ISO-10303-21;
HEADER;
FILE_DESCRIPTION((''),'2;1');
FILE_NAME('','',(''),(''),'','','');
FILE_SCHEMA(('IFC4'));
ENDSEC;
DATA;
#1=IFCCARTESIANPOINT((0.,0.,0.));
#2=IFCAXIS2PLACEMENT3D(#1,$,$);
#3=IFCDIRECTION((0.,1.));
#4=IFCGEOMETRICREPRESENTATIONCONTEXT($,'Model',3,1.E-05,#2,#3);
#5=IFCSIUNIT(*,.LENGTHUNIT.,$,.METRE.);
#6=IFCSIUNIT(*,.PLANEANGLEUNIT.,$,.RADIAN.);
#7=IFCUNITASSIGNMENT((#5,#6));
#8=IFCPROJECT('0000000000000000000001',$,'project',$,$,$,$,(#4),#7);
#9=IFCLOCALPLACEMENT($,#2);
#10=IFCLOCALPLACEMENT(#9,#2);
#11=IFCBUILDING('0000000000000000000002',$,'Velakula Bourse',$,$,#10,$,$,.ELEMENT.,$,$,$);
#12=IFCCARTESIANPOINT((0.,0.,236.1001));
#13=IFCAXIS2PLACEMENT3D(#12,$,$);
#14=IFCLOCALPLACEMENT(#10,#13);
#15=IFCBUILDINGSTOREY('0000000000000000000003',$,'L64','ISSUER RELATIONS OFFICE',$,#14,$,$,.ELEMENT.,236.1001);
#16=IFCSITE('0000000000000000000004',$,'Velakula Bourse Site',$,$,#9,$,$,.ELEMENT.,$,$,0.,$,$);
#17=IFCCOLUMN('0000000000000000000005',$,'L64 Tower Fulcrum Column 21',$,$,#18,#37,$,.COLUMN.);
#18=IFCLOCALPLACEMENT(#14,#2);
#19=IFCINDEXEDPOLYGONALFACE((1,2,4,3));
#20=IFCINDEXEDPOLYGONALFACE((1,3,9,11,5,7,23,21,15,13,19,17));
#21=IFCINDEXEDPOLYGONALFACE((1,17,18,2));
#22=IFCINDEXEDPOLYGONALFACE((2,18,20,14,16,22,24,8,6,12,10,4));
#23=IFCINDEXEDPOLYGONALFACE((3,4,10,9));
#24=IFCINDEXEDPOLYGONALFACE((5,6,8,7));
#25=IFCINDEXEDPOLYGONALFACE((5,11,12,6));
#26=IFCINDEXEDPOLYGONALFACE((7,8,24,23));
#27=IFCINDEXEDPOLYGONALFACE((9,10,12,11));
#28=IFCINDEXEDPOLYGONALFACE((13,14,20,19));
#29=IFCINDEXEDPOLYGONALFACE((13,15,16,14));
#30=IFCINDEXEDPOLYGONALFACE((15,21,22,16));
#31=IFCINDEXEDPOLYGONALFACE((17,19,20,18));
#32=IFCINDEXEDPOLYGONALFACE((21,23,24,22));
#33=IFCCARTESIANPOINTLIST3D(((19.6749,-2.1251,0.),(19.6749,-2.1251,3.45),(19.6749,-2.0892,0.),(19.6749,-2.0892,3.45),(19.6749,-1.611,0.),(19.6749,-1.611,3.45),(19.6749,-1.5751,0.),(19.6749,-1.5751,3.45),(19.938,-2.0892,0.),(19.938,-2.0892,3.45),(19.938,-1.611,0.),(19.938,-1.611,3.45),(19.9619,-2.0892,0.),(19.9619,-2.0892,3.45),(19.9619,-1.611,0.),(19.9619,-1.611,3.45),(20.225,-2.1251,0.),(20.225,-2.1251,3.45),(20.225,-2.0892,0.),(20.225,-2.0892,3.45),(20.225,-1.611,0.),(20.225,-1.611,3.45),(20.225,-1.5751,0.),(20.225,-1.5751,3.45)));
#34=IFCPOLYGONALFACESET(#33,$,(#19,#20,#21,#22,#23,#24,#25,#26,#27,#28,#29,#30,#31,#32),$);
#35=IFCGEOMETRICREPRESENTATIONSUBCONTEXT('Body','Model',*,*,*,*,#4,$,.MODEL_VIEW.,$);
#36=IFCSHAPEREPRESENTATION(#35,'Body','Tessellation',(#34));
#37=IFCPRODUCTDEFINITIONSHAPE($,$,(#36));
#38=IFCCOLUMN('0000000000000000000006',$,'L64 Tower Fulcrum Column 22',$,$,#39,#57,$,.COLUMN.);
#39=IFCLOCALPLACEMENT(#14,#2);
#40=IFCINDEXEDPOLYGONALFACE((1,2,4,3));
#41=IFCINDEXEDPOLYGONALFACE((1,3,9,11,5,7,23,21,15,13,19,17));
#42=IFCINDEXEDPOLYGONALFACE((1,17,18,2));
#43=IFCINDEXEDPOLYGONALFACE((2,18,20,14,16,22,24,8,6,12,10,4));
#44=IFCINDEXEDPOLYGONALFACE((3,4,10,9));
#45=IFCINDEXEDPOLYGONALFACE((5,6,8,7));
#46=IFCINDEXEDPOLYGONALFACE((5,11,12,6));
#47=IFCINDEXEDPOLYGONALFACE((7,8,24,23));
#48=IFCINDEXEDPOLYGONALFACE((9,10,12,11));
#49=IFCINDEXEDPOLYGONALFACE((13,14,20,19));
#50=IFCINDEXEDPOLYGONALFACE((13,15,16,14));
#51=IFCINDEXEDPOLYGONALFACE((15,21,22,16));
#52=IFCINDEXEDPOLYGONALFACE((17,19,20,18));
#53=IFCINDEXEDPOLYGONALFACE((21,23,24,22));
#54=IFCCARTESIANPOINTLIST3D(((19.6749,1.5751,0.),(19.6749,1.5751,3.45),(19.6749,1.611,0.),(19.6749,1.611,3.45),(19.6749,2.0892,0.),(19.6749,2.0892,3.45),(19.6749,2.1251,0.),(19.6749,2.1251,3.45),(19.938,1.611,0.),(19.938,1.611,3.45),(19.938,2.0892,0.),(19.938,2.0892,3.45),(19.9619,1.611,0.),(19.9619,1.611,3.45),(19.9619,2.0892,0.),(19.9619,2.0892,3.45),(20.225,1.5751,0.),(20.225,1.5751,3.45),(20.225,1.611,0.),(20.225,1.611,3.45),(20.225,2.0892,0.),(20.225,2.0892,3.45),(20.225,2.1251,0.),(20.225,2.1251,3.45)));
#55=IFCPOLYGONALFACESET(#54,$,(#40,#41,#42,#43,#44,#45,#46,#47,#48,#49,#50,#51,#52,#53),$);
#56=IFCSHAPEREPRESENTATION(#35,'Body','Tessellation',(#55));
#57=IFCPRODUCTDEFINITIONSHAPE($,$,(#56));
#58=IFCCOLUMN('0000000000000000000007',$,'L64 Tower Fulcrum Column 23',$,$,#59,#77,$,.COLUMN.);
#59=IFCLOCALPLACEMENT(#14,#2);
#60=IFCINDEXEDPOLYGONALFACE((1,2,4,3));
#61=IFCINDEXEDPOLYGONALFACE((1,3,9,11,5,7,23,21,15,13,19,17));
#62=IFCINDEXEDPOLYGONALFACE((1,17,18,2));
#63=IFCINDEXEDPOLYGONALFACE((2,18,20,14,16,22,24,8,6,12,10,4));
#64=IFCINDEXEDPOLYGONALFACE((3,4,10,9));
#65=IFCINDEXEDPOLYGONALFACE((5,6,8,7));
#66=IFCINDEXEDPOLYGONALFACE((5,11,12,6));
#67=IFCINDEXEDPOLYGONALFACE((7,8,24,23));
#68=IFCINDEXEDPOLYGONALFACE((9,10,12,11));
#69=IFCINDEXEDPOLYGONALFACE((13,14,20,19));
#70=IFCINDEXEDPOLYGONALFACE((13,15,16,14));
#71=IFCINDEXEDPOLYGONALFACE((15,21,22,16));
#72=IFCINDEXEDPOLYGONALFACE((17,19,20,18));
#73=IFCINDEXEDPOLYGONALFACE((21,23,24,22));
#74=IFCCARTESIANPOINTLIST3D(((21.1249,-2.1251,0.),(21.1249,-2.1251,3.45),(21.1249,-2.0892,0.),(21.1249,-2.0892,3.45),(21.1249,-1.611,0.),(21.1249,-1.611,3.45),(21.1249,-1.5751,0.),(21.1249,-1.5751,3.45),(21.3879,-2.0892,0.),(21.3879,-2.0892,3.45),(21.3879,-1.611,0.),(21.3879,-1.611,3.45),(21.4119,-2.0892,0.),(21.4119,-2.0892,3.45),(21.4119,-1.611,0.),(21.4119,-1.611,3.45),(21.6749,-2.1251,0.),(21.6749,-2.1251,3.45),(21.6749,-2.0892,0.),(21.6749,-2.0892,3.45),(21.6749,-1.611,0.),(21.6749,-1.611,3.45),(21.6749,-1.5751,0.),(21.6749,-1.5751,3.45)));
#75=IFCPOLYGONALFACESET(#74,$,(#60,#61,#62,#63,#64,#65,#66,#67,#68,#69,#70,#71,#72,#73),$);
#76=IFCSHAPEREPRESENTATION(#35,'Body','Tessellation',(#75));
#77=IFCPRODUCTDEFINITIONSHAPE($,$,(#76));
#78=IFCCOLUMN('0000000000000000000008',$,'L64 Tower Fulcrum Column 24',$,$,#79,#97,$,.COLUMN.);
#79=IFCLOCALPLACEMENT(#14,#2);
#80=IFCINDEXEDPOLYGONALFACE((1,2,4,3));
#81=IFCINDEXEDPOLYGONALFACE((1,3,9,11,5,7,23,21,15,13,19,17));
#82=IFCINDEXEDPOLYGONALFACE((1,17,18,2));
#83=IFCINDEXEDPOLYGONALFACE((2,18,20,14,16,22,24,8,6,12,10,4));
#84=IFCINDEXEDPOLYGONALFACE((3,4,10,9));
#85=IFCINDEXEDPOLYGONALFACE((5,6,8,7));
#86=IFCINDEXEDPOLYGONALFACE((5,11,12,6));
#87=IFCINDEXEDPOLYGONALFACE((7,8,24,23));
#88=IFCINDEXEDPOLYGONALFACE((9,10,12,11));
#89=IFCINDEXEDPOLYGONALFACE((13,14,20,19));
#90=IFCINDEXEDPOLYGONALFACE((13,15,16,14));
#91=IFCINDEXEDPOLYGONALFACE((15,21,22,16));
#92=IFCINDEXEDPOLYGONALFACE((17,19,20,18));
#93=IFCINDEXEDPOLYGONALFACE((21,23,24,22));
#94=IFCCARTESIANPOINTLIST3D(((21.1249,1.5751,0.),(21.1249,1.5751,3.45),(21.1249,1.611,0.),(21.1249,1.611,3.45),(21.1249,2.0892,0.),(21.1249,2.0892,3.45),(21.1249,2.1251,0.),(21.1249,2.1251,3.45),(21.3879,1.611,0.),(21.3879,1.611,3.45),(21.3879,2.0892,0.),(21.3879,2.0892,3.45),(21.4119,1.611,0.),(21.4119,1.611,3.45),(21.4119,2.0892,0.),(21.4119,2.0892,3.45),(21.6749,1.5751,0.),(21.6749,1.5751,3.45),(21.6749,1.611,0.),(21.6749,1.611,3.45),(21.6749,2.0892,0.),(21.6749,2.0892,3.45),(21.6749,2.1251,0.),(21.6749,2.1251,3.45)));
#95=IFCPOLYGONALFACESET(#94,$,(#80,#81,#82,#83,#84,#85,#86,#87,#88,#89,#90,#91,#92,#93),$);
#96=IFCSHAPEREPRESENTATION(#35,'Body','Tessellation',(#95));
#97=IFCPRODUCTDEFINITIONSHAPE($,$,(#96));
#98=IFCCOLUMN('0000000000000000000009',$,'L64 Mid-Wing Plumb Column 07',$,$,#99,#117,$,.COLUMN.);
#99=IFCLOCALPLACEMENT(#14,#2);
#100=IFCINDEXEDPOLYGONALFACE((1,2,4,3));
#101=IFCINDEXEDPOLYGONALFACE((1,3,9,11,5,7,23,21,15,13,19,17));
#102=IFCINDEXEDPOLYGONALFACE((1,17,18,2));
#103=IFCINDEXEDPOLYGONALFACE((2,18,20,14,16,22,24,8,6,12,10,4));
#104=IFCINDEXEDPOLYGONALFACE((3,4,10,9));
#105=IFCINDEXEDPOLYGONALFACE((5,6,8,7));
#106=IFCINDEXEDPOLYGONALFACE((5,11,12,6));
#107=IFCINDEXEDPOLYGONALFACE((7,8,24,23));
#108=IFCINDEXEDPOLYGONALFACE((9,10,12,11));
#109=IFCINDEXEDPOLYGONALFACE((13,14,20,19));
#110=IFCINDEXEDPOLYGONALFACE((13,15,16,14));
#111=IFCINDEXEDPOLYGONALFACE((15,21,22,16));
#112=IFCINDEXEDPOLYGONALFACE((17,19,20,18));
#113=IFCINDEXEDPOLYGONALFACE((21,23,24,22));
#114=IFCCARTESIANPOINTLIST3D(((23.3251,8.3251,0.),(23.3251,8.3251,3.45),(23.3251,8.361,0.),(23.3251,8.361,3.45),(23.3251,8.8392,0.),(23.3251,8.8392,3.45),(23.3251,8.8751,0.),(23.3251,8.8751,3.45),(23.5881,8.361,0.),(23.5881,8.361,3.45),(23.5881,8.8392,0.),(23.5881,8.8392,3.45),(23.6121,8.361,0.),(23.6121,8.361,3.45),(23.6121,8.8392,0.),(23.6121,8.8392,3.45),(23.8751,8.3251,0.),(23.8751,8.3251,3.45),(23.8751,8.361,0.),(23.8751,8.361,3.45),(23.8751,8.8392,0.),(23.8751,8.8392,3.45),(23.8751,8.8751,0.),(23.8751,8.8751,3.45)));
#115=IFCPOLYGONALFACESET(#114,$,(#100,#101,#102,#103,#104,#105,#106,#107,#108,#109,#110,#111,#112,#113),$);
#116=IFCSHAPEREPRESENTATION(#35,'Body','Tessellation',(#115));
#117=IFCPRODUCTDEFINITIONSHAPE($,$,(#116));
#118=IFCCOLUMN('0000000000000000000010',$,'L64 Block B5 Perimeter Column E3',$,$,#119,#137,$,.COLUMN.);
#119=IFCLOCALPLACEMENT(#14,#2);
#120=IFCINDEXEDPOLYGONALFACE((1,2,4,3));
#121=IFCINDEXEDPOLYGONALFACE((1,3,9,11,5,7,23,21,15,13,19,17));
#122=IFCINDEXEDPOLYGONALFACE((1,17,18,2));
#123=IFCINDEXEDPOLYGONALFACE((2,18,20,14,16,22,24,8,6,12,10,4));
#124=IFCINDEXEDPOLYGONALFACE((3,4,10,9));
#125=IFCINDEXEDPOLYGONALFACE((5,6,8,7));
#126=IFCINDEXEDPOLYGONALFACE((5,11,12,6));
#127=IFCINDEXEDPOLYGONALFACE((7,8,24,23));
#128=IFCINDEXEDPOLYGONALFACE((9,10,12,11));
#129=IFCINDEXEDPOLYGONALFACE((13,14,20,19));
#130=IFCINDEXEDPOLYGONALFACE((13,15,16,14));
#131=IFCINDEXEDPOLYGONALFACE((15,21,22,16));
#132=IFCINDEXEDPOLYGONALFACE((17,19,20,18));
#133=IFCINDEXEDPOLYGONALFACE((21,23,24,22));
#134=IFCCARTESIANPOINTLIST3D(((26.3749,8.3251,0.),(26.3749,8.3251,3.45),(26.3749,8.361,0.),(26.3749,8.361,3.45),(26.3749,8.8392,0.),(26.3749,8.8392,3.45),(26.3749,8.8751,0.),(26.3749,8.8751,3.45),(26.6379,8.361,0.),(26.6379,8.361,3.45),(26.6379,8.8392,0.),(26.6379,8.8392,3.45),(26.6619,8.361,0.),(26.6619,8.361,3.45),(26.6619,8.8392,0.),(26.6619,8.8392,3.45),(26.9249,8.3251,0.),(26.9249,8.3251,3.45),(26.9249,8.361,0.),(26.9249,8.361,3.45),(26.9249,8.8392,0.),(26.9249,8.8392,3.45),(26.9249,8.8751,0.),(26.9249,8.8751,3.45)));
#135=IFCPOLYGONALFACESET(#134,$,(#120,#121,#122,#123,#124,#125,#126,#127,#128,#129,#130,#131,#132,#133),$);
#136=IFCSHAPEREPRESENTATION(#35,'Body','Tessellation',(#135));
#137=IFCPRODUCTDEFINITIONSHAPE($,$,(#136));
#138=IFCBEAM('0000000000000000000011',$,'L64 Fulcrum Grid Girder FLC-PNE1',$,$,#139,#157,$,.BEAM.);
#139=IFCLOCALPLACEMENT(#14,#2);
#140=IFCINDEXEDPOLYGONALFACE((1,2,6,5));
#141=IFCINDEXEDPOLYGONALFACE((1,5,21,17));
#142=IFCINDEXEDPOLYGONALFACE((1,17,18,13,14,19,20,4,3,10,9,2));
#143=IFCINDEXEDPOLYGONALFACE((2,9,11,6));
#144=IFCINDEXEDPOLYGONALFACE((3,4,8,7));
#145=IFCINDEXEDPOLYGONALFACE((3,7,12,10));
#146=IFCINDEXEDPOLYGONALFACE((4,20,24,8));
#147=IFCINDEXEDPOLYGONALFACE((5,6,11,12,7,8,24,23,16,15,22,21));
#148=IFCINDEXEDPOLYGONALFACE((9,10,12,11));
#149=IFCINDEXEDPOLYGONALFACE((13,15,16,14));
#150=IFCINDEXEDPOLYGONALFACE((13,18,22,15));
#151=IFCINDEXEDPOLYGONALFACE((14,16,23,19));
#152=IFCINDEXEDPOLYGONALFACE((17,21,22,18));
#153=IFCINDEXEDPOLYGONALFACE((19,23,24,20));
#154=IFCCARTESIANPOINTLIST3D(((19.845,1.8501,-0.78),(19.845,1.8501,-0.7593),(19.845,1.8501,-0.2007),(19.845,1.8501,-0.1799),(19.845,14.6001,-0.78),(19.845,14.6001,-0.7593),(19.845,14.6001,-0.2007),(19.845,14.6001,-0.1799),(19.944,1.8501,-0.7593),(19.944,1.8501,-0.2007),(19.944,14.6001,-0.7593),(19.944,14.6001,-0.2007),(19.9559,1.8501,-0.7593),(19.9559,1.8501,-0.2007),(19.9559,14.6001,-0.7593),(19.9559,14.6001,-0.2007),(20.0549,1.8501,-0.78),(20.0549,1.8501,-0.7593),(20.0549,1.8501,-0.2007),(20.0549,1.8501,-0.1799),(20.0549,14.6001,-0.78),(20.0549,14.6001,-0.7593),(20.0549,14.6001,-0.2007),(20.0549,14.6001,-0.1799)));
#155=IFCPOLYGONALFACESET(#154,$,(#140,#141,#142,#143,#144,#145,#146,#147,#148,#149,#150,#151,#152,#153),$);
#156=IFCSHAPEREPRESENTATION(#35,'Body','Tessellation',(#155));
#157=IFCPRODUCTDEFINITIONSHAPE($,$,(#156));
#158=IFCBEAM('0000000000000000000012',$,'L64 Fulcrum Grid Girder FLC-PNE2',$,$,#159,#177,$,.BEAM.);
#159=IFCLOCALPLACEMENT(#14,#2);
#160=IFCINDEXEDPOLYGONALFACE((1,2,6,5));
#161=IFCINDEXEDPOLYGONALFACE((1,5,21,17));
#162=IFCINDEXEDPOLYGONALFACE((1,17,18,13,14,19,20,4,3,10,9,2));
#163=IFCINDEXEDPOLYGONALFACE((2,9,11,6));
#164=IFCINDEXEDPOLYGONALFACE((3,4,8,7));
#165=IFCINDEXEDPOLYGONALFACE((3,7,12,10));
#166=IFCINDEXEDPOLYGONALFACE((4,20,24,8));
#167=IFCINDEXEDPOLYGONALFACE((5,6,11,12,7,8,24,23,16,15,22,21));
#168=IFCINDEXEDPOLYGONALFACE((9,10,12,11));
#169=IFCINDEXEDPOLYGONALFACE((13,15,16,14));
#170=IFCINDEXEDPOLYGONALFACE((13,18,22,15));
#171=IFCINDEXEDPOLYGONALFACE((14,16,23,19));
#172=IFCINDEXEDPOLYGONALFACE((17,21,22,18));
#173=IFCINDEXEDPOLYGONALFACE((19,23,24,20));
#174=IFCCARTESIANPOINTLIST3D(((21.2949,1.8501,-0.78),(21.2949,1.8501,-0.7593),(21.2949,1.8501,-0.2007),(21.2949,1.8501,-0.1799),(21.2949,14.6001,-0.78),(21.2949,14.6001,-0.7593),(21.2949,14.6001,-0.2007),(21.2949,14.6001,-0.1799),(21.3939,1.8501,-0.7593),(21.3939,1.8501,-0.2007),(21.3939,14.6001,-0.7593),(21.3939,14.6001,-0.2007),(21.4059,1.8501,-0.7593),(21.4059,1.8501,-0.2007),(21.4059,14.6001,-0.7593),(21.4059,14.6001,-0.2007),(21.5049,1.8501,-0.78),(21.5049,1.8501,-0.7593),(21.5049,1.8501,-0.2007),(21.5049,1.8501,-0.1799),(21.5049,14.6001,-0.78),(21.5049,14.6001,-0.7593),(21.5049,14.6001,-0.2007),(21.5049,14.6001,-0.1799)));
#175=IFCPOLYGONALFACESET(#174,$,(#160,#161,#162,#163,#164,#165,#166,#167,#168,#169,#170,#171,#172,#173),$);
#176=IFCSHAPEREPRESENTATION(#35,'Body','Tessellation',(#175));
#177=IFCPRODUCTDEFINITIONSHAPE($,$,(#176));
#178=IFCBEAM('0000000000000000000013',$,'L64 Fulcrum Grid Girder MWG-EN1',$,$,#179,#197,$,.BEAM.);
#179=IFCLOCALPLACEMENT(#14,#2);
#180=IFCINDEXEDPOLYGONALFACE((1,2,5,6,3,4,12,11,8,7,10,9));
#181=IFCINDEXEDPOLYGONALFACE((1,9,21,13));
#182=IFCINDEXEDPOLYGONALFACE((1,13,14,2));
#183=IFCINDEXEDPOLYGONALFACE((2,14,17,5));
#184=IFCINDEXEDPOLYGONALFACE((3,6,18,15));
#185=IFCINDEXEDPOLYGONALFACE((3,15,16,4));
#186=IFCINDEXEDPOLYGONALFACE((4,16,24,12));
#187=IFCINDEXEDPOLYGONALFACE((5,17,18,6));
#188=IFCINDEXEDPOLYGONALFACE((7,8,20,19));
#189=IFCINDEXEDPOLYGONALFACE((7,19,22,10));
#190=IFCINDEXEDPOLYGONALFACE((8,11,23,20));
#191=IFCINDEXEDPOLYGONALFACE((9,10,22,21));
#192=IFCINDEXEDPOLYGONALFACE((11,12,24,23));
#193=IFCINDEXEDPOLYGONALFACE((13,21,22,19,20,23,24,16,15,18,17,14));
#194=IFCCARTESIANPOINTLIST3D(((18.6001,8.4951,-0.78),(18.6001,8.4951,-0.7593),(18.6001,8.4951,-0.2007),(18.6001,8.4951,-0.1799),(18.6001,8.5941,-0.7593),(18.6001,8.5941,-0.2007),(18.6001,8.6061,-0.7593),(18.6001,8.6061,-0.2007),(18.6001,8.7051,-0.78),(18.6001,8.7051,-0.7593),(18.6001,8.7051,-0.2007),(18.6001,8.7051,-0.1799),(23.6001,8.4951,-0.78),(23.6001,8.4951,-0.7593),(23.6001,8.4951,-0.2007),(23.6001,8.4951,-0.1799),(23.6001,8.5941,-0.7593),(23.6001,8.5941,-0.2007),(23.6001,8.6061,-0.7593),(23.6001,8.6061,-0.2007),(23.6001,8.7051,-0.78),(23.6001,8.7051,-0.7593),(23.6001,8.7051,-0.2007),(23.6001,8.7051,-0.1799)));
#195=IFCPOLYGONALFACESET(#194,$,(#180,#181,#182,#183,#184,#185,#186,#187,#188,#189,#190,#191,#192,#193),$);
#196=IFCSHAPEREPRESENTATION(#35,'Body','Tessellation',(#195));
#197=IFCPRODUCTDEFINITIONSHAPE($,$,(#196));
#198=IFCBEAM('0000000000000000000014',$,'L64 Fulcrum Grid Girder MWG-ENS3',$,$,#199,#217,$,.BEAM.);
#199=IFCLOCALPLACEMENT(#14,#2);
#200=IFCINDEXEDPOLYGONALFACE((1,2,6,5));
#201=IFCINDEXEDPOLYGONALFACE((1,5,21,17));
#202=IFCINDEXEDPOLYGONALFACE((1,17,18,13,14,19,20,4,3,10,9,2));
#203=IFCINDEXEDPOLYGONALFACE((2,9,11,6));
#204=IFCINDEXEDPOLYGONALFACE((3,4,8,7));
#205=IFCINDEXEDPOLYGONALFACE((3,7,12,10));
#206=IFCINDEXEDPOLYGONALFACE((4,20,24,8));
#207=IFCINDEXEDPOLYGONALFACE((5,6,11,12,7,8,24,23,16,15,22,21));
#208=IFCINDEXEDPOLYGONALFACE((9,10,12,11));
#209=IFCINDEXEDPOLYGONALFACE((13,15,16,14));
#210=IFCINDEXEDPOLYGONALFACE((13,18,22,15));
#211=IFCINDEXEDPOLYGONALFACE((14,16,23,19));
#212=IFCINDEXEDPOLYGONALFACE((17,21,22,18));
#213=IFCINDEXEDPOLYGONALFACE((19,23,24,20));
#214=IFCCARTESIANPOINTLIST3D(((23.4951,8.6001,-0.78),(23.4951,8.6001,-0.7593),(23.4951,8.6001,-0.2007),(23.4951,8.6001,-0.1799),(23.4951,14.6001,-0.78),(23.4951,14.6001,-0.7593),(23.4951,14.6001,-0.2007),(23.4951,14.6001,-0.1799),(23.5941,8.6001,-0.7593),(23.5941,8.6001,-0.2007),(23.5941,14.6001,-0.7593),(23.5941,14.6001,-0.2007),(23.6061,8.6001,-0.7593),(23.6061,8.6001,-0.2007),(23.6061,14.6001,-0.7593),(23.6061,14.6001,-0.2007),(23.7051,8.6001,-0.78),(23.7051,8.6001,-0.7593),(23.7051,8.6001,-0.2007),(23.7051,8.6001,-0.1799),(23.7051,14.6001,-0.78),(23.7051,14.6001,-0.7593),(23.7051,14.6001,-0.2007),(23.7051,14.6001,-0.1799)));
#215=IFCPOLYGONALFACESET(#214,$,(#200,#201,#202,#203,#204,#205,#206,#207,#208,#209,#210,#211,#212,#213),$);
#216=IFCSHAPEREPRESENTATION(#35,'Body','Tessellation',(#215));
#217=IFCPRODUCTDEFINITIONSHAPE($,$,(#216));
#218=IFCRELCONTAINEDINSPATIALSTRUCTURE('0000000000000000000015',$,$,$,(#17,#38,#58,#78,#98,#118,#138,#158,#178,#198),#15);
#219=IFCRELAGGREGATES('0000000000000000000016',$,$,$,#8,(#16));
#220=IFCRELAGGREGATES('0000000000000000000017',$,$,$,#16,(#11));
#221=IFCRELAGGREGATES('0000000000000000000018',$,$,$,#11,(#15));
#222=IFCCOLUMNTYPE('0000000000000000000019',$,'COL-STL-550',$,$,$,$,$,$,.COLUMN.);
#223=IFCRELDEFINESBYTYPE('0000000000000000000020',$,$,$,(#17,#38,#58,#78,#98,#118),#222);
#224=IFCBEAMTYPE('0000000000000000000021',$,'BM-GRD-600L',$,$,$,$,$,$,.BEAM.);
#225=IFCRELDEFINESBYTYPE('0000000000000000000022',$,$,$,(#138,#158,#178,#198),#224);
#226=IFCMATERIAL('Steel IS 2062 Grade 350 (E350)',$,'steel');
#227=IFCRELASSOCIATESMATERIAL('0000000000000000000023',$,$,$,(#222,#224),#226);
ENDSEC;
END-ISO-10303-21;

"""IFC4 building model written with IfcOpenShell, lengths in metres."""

from ifc_helpers import new_model, si_unit, direction, frame, origin, origin_2d, place, context, subcontext, project, spatial, i_section, extrude, material, material_profile, profile_set, type_object, element, save


model = new_model("IFC4")

# Units and contexts
model_context = context("Model", 3, precision=1e-05, world=origin(), true_north=direction((0.0, 1.0)))
body_context = subcontext(model_context, "Body", "Model", "MODEL_VIEW")
ifc_project = project(units=[si_unit("LENGTHUNIT", "METRE"), si_unit("PLANEANGLEUNIT", "RADIAN")], contexts=[model_context])

# Site, building, storey
site_placement = place(None, origin())
site = spatial("IfcSite", under=ifc_project, at=site_placement, Name="Velakula Bourse Site", CompositionType="ELEMENT", RefElevation=0.0)
building_placement = place(site_placement, origin())
building = spatial("IfcBuilding", under=site, at=building_placement, Name="Velakula Bourse", CompositionType="ELEMENT")
storey_placement = place(building_placement, frame((0.0, 0.0, 236.1001)))
storey = spatial("IfcBuildingStorey", under=building, at=storey_placement, Name="L64", Description="ISSUER RELATIONS OFFICE", CompositionType="ELEMENT", Elevation=236.1001)

# Columns
ifc_material_1 = material(Name="Steel IS 2062 Grade 350 (E350)", Category="steel")
ifc_material_profile_1 = material_profile(ifc_material_1, i_section(OverallWidth=0.55, OverallDepth=0.55, WebThickness=0.0239, FlangeThickness=0.0359, at=origin_2d()), Name="Steel IS 2062 Grade 350 (E350)")
ifc_profile_set_1 = profile_set([ifc_material_profile_1], Name="Steel IS 2062 Grade 350 (E350)")
column_type = type_object("IfcColumnType", Name="COL-STL-550", PredefinedType="COLUMN", material=ifc_profile_set_1)
for number, where, z_axis, x_axis, name in (
    (1, (19.95, -1.8501, 0.0), (0.0, 0.0, 1.0), (1.0, 0.0, 0.0), "L64 Tower Fulcrum Column 21"),
    (2, (19.95, 1.8501, 0.0), (0.0, 0.0, 1.0), (1.0, 0.0, 0.0), "L64 Tower Fulcrum Column 22"),
    (3, (21.3999, -1.8501, 0.0), (0.0, 0.0, 1.0), (1.0, 0.0, 0.0), "L64 Tower Fulcrum Column 23"),
    (4, (21.3999, 1.8501, 0.0), (0.0, 0.0, 1.0), (1.0, 0.0, 0.0), "L64 Tower Fulcrum Column 24"),
    (5, (23.6001, 8.6001, 0.0), (0.0, 0.0, 1.0), (1.0, 0.0, 0.0), "L64 Mid-Wing Plumb Column 07"),
    (6, (26.6499, 8.6001, 0.0), (0.0, 0.0, 1.0), (1.0, 0.0, 0.0), "L64 Block B5 Perimeter Column E3"),
):
    element("IfcColumn", number, at=place(storey_placement, frame(where, z_axis=z_axis, x_axis=x_axis)), inside=storey, type_object=column_type, Name=name, PredefinedType="COLUMN", context=body_context, shape_type="SweptSolid", body=[
        extrude(i_section(OverallWidth=0.55, OverallDepth=0.55, WebThickness=0.0239, FlangeThickness=0.0359, at=origin_2d()), origin(), (0.0, 0.0, 1.0), 3.45),
    ])

# Beams
ifc_material_profile_2 = material_profile(ifc_material_1, i_section(OverallWidth=0.21, OverallDepth=0.6001, WebThickness=0.012, FlangeThickness=0.0208, at=origin_2d()), Name="Steel IS 2062 Grade 350 (E350)")
ifc_profile_set_2 = profile_set([ifc_material_profile_2], Name="Steel IS 2062 Grade 350 (E350)")
beam_type_1 = type_object("IfcBeamType", Name="BM-GRD-600L", PredefinedType="BEAM", material=ifc_profile_set_2)
for number, where, z_axis, x_axis, name in (
    (7, (19.95, 1.8501, -0.48), (0.0, 1.0, 0.0), (-1.0, 0.0, 0.0), "L64 Fulcrum Grid Girder FLC-PNE1"),
    (8, (21.3999, 1.8501, -0.48), (0.0, 1.0, 0.0), (-1.0, 0.0, 0.0), "L64 Fulcrum Grid Girder FLC-PNE2"),
):
    element("IfcBeam", number, at=place(storey_placement, frame(where, z_axis=z_axis, x_axis=x_axis)), inside=storey, type_object=beam_type_1, Name=name, PredefinedType="BEAM", context=body_context, shape_type="SweptSolid", body=[
        extrude(i_section(OverallWidth=0.21, OverallDepth=0.6001, WebThickness=0.012, FlangeThickness=0.0208, at=origin_2d()), origin(), (0.0, 0.0, 1.0), 12.75),
    ])
beam_1_placement = place(storey_placement, frame((18.6001, 8.6001, -0.48), z_axis=(1.0, 0.0, 0.0), x_axis=(0.0, 1.0, 0.0)))
element("IfcBeam", 9, at=beam_1_placement, inside=storey, type_object=beam_type_1, Name="L64 Fulcrum Grid Girder MWG-EN1", PredefinedType="BEAM", context=body_context, shape_type="SweptSolid", body=[
    extrude(i_section(OverallWidth=0.21, OverallDepth=0.6001, WebThickness=0.012, FlangeThickness=0.0208, at=origin_2d()), origin(), (0.0, 0.0, 1.0), 5.0),
])
beam_2_placement = place(storey_placement, frame((23.6001, 8.6001, -0.48), z_axis=(0.0, 1.0, 0.0), x_axis=(-1.0, 0.0, 0.0)))
element("IfcBeam", 10, at=beam_2_placement, inside=storey, type_object=beam_type_1, Name="L64 Fulcrum Grid Girder MWG-ENS3", PredefinedType="BEAM", context=body_context, shape_type="SweptSolid", body=[
    extrude(i_section(OverallWidth=0.21, OverallDepth=0.6001, WebThickness=0.012, FlangeThickness=0.0208, at=origin_2d()), origin(), (0.0, 0.0, 1.0), 6.0),
])

save(model, "model.ifc")
